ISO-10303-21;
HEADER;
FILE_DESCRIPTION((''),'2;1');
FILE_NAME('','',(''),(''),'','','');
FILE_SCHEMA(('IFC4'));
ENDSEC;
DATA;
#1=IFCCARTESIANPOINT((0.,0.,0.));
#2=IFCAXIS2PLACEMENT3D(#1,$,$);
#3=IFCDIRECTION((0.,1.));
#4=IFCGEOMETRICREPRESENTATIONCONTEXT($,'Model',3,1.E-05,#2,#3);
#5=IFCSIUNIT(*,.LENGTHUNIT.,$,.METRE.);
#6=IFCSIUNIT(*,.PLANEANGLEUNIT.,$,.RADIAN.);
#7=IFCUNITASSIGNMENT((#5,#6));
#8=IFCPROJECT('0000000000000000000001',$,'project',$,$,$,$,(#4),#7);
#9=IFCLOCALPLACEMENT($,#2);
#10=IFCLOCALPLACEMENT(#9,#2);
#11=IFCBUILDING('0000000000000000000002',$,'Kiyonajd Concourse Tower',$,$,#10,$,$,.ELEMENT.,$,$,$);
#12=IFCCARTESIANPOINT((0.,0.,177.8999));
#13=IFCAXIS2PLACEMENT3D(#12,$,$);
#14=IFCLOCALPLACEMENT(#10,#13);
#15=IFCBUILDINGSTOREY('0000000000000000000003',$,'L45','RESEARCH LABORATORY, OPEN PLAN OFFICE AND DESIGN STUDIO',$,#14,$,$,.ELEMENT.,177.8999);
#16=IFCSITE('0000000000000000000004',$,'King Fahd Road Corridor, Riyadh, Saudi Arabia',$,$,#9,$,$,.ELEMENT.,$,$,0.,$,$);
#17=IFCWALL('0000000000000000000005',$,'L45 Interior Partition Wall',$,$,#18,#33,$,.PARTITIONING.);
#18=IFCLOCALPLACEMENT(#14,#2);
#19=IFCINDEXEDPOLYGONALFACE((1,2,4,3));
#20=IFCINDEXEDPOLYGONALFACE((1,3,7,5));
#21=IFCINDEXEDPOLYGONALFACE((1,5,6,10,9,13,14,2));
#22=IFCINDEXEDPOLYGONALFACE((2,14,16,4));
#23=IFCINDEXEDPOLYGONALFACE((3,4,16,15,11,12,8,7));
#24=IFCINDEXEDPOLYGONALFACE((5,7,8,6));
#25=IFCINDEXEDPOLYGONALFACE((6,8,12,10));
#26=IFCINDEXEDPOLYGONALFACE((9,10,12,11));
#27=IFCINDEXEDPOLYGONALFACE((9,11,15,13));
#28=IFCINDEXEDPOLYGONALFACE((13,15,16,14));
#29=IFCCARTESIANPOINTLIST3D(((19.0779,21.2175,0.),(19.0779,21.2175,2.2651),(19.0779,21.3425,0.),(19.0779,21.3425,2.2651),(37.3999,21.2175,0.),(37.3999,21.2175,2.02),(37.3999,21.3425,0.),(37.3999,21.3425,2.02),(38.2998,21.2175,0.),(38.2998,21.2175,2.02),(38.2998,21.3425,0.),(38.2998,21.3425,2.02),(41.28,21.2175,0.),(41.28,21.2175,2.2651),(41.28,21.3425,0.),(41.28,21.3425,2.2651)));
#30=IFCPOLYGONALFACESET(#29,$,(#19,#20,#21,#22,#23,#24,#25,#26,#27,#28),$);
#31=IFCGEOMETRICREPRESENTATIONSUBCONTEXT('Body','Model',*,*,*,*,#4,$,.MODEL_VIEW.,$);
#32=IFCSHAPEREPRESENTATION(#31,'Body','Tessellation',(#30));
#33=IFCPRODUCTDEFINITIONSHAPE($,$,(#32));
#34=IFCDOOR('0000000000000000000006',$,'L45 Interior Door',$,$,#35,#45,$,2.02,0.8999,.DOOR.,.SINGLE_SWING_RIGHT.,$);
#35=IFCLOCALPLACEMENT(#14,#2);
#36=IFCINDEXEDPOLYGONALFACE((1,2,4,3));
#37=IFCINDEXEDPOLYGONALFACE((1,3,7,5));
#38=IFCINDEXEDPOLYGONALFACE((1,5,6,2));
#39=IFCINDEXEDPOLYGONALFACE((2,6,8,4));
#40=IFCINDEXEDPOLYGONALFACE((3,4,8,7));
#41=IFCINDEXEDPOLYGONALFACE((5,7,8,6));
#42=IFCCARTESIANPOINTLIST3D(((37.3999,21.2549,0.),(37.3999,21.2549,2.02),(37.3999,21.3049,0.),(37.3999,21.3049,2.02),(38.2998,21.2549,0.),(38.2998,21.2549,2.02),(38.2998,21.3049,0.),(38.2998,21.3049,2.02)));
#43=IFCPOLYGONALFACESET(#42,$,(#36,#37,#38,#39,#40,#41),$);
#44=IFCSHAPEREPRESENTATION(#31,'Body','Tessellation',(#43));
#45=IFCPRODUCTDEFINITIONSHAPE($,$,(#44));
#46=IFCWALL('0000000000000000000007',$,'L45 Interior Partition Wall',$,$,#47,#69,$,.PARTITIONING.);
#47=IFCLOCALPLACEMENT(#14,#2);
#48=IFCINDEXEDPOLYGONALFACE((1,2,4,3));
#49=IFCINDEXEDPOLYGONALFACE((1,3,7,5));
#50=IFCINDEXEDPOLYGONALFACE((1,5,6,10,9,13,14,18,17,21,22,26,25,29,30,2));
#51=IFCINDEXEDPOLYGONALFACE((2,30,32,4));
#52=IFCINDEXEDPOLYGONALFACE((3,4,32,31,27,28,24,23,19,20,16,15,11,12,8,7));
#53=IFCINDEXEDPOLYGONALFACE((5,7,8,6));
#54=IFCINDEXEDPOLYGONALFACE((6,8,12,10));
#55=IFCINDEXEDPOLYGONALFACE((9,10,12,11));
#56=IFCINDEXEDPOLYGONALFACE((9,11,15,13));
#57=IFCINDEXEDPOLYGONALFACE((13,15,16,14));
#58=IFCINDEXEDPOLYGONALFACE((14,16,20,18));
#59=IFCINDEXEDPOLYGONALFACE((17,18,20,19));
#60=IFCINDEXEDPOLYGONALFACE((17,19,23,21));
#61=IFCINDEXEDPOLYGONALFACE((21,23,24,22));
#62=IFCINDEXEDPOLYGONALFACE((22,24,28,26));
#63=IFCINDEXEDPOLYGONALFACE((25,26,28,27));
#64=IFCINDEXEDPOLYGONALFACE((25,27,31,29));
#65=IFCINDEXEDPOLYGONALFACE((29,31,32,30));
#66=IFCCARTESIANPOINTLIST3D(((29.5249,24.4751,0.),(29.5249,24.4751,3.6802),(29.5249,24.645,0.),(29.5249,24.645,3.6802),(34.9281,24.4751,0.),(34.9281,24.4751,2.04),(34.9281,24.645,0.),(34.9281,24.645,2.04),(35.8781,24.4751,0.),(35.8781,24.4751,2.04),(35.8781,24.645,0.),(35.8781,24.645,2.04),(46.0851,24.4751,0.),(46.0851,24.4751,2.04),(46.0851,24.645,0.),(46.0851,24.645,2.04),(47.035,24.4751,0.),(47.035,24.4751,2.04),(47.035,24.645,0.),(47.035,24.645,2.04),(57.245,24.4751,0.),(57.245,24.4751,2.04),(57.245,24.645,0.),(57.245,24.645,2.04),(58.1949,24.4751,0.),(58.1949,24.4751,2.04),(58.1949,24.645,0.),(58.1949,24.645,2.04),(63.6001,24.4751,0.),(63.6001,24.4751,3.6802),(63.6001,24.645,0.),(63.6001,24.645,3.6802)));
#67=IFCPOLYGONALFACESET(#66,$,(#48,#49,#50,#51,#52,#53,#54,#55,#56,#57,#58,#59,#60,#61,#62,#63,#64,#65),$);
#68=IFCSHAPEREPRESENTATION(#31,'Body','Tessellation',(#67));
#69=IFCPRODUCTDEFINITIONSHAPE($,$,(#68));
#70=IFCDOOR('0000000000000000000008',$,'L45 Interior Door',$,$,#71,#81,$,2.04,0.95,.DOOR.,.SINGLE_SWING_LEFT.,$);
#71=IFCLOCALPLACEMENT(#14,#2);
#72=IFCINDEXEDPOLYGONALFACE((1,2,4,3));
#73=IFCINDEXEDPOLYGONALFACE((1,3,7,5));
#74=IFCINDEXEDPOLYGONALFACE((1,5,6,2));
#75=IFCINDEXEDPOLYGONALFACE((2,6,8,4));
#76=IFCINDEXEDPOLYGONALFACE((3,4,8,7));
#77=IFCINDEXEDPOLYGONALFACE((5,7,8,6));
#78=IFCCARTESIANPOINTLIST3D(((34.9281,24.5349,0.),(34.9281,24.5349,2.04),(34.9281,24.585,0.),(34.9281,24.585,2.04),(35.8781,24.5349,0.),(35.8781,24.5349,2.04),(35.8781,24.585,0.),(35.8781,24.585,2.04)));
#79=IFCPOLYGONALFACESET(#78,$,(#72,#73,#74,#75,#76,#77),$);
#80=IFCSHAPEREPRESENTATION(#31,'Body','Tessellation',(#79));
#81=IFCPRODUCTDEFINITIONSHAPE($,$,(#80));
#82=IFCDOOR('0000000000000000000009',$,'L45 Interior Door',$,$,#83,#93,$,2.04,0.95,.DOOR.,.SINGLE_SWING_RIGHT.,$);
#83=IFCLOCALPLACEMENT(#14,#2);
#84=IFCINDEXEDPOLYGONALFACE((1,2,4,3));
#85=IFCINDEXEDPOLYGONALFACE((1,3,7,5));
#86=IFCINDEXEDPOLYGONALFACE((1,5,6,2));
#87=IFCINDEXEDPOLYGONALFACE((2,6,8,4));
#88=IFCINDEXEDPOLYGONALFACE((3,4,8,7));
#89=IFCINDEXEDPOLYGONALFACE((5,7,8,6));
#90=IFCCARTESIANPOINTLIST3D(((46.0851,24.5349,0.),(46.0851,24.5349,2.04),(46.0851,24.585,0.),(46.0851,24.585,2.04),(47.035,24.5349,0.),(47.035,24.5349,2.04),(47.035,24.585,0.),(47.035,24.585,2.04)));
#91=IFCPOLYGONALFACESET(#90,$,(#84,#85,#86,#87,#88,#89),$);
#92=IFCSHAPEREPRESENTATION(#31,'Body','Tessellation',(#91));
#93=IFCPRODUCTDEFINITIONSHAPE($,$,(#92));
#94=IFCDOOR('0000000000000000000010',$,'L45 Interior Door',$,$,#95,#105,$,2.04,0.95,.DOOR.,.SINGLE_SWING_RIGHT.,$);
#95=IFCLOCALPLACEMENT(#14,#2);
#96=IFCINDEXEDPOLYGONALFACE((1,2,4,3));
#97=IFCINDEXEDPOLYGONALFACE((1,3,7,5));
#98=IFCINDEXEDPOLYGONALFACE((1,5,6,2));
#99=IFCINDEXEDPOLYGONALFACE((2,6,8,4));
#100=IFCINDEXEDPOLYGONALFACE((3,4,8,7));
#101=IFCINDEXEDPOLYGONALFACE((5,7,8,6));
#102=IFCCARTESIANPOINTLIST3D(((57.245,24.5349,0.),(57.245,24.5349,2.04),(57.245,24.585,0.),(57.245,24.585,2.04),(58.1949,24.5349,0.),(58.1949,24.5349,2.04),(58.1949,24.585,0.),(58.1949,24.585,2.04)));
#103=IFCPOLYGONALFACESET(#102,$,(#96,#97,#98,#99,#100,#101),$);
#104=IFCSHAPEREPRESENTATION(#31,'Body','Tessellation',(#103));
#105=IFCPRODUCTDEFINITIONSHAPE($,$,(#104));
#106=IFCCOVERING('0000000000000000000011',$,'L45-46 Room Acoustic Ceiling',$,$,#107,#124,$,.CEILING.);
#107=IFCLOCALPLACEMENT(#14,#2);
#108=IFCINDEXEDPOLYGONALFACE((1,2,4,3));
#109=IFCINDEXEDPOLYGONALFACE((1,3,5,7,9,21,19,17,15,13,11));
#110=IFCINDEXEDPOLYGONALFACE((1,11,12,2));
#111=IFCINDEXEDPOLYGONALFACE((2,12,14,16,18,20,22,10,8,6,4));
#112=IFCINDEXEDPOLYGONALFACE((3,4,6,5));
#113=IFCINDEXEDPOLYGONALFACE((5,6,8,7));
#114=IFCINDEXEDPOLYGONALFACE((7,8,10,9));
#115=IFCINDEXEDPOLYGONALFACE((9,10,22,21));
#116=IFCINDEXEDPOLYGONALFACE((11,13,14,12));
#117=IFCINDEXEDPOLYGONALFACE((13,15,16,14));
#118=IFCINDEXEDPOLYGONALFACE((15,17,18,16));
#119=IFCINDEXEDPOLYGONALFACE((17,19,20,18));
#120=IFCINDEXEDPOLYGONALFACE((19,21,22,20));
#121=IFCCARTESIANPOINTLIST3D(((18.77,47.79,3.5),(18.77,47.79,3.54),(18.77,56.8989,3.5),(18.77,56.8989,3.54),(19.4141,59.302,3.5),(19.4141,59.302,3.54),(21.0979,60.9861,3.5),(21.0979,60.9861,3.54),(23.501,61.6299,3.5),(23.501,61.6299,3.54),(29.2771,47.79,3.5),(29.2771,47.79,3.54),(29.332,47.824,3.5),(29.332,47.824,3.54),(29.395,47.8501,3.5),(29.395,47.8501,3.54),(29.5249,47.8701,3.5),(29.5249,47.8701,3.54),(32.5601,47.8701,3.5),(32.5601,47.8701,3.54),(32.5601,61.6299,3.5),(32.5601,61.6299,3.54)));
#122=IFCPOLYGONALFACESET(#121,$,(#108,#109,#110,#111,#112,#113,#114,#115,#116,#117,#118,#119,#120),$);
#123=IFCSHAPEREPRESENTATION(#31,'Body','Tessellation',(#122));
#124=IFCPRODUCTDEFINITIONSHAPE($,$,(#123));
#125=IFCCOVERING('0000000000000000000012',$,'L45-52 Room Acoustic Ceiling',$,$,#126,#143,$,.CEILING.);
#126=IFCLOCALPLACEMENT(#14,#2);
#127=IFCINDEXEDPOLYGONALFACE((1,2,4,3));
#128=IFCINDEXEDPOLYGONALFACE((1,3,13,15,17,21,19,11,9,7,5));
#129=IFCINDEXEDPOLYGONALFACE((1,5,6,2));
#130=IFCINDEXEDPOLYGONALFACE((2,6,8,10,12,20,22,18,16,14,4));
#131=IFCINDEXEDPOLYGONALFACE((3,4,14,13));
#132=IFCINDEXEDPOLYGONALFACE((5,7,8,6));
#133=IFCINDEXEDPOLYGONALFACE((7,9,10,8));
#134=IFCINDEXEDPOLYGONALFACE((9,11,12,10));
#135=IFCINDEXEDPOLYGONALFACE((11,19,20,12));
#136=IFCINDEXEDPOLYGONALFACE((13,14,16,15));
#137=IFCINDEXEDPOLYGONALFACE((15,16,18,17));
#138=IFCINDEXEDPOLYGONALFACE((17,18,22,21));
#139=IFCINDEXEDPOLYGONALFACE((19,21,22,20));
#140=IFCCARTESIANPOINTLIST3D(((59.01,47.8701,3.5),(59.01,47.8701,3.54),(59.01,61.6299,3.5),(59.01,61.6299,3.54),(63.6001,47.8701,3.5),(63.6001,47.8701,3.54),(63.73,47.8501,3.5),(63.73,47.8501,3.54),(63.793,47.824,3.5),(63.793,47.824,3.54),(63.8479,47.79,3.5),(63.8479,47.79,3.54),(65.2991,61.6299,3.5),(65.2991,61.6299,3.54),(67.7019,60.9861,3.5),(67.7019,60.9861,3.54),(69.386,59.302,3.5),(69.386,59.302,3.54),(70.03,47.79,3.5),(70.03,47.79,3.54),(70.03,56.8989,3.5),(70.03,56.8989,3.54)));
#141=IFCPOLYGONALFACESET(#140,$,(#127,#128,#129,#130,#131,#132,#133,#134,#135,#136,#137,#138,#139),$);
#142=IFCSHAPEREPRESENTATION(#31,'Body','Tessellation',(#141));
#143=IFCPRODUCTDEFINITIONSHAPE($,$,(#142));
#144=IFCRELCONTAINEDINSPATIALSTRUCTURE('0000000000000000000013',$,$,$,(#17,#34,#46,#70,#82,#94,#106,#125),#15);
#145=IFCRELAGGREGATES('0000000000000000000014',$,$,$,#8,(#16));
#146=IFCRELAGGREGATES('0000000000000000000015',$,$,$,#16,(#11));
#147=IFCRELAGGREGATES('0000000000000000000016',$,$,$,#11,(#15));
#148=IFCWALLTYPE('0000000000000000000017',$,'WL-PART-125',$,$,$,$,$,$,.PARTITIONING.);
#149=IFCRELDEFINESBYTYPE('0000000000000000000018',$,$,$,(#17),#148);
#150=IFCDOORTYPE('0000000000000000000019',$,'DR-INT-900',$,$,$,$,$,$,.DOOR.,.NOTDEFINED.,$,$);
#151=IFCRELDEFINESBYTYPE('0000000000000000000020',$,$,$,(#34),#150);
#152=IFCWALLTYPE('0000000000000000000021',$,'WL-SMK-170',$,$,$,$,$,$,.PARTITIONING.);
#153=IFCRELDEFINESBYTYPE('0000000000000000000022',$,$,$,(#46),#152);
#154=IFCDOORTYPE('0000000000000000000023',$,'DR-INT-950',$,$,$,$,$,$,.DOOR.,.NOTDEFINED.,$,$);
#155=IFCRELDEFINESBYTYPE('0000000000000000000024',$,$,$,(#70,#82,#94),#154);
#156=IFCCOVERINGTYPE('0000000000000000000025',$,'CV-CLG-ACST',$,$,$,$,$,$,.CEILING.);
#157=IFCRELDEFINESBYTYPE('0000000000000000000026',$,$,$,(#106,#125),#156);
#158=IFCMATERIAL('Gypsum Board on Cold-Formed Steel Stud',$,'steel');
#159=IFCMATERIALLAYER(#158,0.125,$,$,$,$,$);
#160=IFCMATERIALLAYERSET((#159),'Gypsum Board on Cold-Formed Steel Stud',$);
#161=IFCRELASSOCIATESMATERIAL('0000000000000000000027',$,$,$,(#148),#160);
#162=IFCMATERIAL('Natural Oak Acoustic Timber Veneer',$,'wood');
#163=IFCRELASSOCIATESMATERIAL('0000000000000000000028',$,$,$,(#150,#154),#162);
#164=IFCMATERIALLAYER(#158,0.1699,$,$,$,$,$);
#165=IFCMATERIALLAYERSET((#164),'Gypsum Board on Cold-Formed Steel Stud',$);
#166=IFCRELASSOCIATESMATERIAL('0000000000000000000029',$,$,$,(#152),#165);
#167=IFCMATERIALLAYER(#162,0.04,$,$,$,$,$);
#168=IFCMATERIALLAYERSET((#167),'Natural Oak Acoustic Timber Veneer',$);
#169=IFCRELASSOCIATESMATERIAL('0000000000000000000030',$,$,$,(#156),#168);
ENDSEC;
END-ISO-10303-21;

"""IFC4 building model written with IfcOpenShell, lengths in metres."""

from ifc_helpers import new_model, si_unit, direction, frame, frame_2d, origin, place, context, subcontext, project, spatial, polyline, rectangle, outline, extrude, material, layer, layer_set, type_object, element, fill, save


model = new_model("IFC4")

# Units and contexts
model_context = context("Model", 3, precision=1e-05, world=origin(), true_north=direction((0.0, 1.0)))
body_context = subcontext(model_context, "Body", "Model", "MODEL_VIEW")
ifc_project = project(units=[si_unit("LENGTHUNIT", "METRE"), si_unit("PLANEANGLEUNIT", "RADIAN")], contexts=[model_context])

# Site, building, storey
site_placement = place(None, origin())
site = spatial("IfcSite", under=ifc_project, at=site_placement, Name="King Fahd Road Corridor, Riyadh, Saudi Arabia", CompositionType="ELEMENT", RefElevation=0.0)
building_placement = place(site_placement, origin())
building = spatial("IfcBuilding", under=site, at=building_placement, Name="Kiyonajd Concourse Tower", CompositionType="ELEMENT")
storey_placement = place(building_placement, frame((0.0, 0.0, 177.8999)))
storey = spatial("IfcBuildingStorey", under=building, at=storey_placement, Name="L45", Description="RESEARCH LABORATORY, OPEN PLAN OFFICE AND DESIGN STUDIO", CompositionType="ELEMENT", Elevation=177.8999)

# Wall, opening, door
ifc_material_1 = material(Name="Gypsum Board on Cold-Formed Steel Stud", Category="steel")
ifc_layer_1 = layer(ifc_material_1, 0.125)
ifc_layer_set_1 = layer_set([ifc_layer_1], Name="Gypsum Board on Cold-Formed Steel Stud")
wall_type_1 = type_object("IfcWallType", Name="WL-PART-125", PredefinedType="PARTITIONING", material=ifc_layer_set_1)
wall_1_placement = place(storey_placement, frame((19.0779, 21.28, 0.0), z_axis=(0.0, 0.0, 1.0), x_axis=(1.0, 0.0, 0.0)))
wall_1 = element("IfcWall", 1, at=wall_1_placement, inside=storey, type_object=wall_type_1, Name="L45 Interior Partition Wall", PredefinedType="PARTITIONING", context=body_context, shape_type="SweptSolid", body=[
    extrude(rectangle(XDim=22.2021, YDim=0.125, at=frame_2d((11.1011, 0.0))), origin(), (0.0, 0.0, 1.0), 2.2651),
])
opening_1_placement = place(wall_1_placement, frame((18.322, 0.0, 0.0)))
opening_1 = element("IfcOpeningElement", 2, at=opening_1_placement, cuts=wall_1, PredefinedType="OPENING", context=body_context, shape_type="SweptSolid", body=[
    extrude(rectangle(XDim=0.8999, YDim=2.02, at=frame_2d((0.45, 1.01))), frame((0.0, 0.0725, 0.0), z_axis=(0.0, -1.0, 0.0), x_axis=(1.0, 0.0, 0.0)), (0.0, 0.0, 1.0), 0.145),
])
ifc_material_2 = material(Name="Natural Oak Acoustic Timber Veneer", Category="wood")
door_type_1 = type_object("IfcDoorType", Name="DR-INT-900", OperationType="NOTDEFINED", PredefinedType="DOOR", material=ifc_material_2)
door_1_placement = place(opening_1_placement, origin())
door_1 = element("IfcDoor", 3, at=door_1_placement, inside=storey, type_object=door_type_1, Name="L45 Interior Door", OperationType="SINGLE_SWING_RIGHT", OverallHeight=2.02, OverallWidth=0.8999, PredefinedType="DOOR", context=body_context, shape_type="SweptSolid", body=[
    extrude(rectangle(XDim=0.8999, YDim=2.02, at=frame_2d((0.45, 1.01))), frame((0.0, 0.0249, 0.0), z_axis=(0.0, -1.0, 0.0), x_axis=(1.0, 0.0, 0.0)), (0.0, 0.0, 1.0), 0.05),
])
fill(opening_1, door_1)

# Wall, openings, doors
ifc_layer_2 = layer(ifc_material_1, 0.1699)
ifc_layer_set_2 = layer_set([ifc_layer_2], Name="Gypsum Board on Cold-Formed Steel Stud")
wall_type_2 = type_object("IfcWallType", Name="WL-SMK-170", PredefinedType="PARTITIONING", material=ifc_layer_set_2)
wall_2_placement = place(storey_placement, frame((29.5249, 24.5601, 0.0), z_axis=(0.0, 0.0, 1.0), x_axis=(1.0, 0.0, 0.0)))
wall_2 = element("IfcWall", 4, at=wall_2_placement, inside=storey, type_object=wall_type_2, Name="L45 Interior Partition Wall", PredefinedType="PARTITIONING", context=body_context, shape_type="SweptSolid", body=[
    extrude(rectangle(XDim=34.0752, YDim=0.1699, at=frame_2d((17.0376, 0.0))), origin(), (0.0, 0.0, 1.0), 3.6802),
])
opening_2_placement = place(wall_2_placement, frame((5.4031, 0.0, 0.0)))
opening_2 = element("IfcOpeningElement", 5, at=opening_2_placement, cuts=wall_2, PredefinedType="OPENING", context=body_context, shape_type="SweptSolid", body=[
    extrude(rectangle(XDim=0.95, YDim=2.04, at=frame_2d((0.4751, 1.02))), frame((0.0, 0.095, 0.0), z_axis=(0.0, -1.0, 0.0), x_axis=(1.0, 0.0, 0.0)), (0.0, 0.0, 1.0), 0.1899),
])
opening_3_placement = place(wall_2_placement, frame((16.5601, 0.0, 0.0)))
opening_3 = element("IfcOpeningElement", 6, at=opening_3_placement, cuts=wall_2, PredefinedType="OPENING", context=body_context, shape_type="SweptSolid", body=[
    extrude(rectangle(XDim=0.95, YDim=2.04, at=frame_2d((0.4751, 1.02))), frame((0.0, 0.095, 0.0), z_axis=(0.0, -1.0, 0.0), x_axis=(1.0, 0.0, 0.0)), (0.0, 0.0, 1.0), 0.1899),
])
opening_4_placement = place(wall_2_placement, frame((27.72, 0.0, 0.0)))
opening_4 = element("IfcOpeningElement", 7, at=opening_4_placement, cuts=wall_2, PredefinedType="OPENING", context=body_context, shape_type="SweptSolid", body=[
    extrude(rectangle(XDim=0.95, YDim=2.04, at=frame_2d((0.4751, 1.02))), frame((0.0, 0.095, 0.0), z_axis=(0.0, -1.0, 0.0), x_axis=(1.0, 0.0, 0.0)), (0.0, 0.0, 1.0), 0.1899),
])
door_type_2 = type_object("IfcDoorType", Name="DR-INT-950", OperationType="NOTDEFINED", PredefinedType="DOOR", material=ifc_material_2)
door_2_placement = place(opening_2_placement, origin())
door_2 = element("IfcDoor", 8, at=door_2_placement, inside=storey, type_object=door_type_2, Name="L45 Interior Door", OperationType="SINGLE_SWING_LEFT", OverallHeight=2.04, OverallWidth=0.95, PredefinedType="DOOR", context=body_context, shape_type="SweptSolid", body=[
    extrude(rectangle(XDim=0.95, YDim=2.04, at=frame_2d((0.4751, 1.02))), frame((0.0, 0.0249, 0.0), z_axis=(0.0, -1.0, 0.0), x_axis=(1.0, 0.0, 0.0)), (0.0, 0.0, 1.0), 0.05),
])
fill(opening_2, door_2)
door_3_placement = place(opening_3_placement, origin())
door_3 = element("IfcDoor", 9, at=door_3_placement, inside=storey, type_object=door_type_2, Name="L45 Interior Door", OperationType="SINGLE_SWING_RIGHT", OverallHeight=2.04, OverallWidth=0.95, PredefinedType="DOOR", context=body_context, shape_type="SweptSolid", body=[
    extrude(rectangle(XDim=0.95, YDim=2.04, at=frame_2d((0.4751, 1.02))), frame((0.0, 0.0249, 0.0), z_axis=(0.0, -1.0, 0.0), x_axis=(1.0, 0.0, 0.0)), (0.0, 0.0, 1.0), 0.05),
])
fill(opening_3, door_3)
door_4_placement = place(opening_4_placement, origin())
door_4 = element("IfcDoor", 10, at=door_4_placement, inside=storey, type_object=door_type_2, Name="L45 Interior Door", OperationType="SINGLE_SWING_RIGHT", OverallHeight=2.04, OverallWidth=0.95, PredefinedType="DOOR", context=body_context, shape_type="SweptSolid", body=[
    extrude(rectangle(XDim=0.95, YDim=2.04, at=frame_2d((0.4751, 1.02))), frame((0.0, 0.0249, 0.0), z_axis=(0.0, -1.0, 0.0), x_axis=(1.0, 0.0, 0.0)), (0.0, 0.0, 1.0), 0.05),
])
fill(opening_4, door_4)

# Coverings
ifc_layer_3 = layer(ifc_material_2, 0.04)
ifc_layer_set_3 = layer_set([ifc_layer_3], Name="Natural Oak Acoustic Timber Veneer")
covering_type = type_object("IfcCoveringType", Name="CV-CLG-ACST", PredefinedType="CEILING", material=ifc_layer_set_3)
covering_1_placement = place(storey_placement, frame((0.0, 0.0, 3.5)))
element("IfcCovering", 11, at=covering_1_placement, inside=storey, type_object=covering_type, Name="L45-46 Room Acoustic Ceiling", PredefinedType="CEILING", context=body_context, shape_type="SweptSolid", body=[
    extrude(outline(polyline([(21.0979, 60.9861), (23.501, 61.6299), (32.5601, 61.6299), (32.5601, 47.8701), (29.5249, 47.8701), (29.395, 47.8501), (29.332, 47.824), (29.2771, 47.79), (18.77, 47.79), (18.77, 56.8989), (19.4141, 59.302), (21.0979, 60.9861)])), origin(), (0.0, 0.0, 1.0), 0.04),
])
covering_2_placement = place(storey_placement, frame((0.0, 0.0, 3.5)))
element("IfcCovering", 12, at=covering_2_placement, inside=storey, type_object=covering_type, Name="L45-52 Room Acoustic Ceiling", PredefinedType="CEILING", context=body_context, shape_type="SweptSolid", body=[
    extrude(outline(polyline([(63.8479, 47.79), (63.793, 47.824), (63.73, 47.8501), (63.6001, 47.8701), (59.01, 47.8701), (59.01, 61.6299), (65.2991, 61.6299), (67.7019, 60.9861), (69.386, 59.302), (70.03, 56.8989), (70.03, 47.79), (63.8479, 47.79)])), origin(), (0.0, 0.0, 1.0), 0.04),
])

save(model, "model.ifc")
